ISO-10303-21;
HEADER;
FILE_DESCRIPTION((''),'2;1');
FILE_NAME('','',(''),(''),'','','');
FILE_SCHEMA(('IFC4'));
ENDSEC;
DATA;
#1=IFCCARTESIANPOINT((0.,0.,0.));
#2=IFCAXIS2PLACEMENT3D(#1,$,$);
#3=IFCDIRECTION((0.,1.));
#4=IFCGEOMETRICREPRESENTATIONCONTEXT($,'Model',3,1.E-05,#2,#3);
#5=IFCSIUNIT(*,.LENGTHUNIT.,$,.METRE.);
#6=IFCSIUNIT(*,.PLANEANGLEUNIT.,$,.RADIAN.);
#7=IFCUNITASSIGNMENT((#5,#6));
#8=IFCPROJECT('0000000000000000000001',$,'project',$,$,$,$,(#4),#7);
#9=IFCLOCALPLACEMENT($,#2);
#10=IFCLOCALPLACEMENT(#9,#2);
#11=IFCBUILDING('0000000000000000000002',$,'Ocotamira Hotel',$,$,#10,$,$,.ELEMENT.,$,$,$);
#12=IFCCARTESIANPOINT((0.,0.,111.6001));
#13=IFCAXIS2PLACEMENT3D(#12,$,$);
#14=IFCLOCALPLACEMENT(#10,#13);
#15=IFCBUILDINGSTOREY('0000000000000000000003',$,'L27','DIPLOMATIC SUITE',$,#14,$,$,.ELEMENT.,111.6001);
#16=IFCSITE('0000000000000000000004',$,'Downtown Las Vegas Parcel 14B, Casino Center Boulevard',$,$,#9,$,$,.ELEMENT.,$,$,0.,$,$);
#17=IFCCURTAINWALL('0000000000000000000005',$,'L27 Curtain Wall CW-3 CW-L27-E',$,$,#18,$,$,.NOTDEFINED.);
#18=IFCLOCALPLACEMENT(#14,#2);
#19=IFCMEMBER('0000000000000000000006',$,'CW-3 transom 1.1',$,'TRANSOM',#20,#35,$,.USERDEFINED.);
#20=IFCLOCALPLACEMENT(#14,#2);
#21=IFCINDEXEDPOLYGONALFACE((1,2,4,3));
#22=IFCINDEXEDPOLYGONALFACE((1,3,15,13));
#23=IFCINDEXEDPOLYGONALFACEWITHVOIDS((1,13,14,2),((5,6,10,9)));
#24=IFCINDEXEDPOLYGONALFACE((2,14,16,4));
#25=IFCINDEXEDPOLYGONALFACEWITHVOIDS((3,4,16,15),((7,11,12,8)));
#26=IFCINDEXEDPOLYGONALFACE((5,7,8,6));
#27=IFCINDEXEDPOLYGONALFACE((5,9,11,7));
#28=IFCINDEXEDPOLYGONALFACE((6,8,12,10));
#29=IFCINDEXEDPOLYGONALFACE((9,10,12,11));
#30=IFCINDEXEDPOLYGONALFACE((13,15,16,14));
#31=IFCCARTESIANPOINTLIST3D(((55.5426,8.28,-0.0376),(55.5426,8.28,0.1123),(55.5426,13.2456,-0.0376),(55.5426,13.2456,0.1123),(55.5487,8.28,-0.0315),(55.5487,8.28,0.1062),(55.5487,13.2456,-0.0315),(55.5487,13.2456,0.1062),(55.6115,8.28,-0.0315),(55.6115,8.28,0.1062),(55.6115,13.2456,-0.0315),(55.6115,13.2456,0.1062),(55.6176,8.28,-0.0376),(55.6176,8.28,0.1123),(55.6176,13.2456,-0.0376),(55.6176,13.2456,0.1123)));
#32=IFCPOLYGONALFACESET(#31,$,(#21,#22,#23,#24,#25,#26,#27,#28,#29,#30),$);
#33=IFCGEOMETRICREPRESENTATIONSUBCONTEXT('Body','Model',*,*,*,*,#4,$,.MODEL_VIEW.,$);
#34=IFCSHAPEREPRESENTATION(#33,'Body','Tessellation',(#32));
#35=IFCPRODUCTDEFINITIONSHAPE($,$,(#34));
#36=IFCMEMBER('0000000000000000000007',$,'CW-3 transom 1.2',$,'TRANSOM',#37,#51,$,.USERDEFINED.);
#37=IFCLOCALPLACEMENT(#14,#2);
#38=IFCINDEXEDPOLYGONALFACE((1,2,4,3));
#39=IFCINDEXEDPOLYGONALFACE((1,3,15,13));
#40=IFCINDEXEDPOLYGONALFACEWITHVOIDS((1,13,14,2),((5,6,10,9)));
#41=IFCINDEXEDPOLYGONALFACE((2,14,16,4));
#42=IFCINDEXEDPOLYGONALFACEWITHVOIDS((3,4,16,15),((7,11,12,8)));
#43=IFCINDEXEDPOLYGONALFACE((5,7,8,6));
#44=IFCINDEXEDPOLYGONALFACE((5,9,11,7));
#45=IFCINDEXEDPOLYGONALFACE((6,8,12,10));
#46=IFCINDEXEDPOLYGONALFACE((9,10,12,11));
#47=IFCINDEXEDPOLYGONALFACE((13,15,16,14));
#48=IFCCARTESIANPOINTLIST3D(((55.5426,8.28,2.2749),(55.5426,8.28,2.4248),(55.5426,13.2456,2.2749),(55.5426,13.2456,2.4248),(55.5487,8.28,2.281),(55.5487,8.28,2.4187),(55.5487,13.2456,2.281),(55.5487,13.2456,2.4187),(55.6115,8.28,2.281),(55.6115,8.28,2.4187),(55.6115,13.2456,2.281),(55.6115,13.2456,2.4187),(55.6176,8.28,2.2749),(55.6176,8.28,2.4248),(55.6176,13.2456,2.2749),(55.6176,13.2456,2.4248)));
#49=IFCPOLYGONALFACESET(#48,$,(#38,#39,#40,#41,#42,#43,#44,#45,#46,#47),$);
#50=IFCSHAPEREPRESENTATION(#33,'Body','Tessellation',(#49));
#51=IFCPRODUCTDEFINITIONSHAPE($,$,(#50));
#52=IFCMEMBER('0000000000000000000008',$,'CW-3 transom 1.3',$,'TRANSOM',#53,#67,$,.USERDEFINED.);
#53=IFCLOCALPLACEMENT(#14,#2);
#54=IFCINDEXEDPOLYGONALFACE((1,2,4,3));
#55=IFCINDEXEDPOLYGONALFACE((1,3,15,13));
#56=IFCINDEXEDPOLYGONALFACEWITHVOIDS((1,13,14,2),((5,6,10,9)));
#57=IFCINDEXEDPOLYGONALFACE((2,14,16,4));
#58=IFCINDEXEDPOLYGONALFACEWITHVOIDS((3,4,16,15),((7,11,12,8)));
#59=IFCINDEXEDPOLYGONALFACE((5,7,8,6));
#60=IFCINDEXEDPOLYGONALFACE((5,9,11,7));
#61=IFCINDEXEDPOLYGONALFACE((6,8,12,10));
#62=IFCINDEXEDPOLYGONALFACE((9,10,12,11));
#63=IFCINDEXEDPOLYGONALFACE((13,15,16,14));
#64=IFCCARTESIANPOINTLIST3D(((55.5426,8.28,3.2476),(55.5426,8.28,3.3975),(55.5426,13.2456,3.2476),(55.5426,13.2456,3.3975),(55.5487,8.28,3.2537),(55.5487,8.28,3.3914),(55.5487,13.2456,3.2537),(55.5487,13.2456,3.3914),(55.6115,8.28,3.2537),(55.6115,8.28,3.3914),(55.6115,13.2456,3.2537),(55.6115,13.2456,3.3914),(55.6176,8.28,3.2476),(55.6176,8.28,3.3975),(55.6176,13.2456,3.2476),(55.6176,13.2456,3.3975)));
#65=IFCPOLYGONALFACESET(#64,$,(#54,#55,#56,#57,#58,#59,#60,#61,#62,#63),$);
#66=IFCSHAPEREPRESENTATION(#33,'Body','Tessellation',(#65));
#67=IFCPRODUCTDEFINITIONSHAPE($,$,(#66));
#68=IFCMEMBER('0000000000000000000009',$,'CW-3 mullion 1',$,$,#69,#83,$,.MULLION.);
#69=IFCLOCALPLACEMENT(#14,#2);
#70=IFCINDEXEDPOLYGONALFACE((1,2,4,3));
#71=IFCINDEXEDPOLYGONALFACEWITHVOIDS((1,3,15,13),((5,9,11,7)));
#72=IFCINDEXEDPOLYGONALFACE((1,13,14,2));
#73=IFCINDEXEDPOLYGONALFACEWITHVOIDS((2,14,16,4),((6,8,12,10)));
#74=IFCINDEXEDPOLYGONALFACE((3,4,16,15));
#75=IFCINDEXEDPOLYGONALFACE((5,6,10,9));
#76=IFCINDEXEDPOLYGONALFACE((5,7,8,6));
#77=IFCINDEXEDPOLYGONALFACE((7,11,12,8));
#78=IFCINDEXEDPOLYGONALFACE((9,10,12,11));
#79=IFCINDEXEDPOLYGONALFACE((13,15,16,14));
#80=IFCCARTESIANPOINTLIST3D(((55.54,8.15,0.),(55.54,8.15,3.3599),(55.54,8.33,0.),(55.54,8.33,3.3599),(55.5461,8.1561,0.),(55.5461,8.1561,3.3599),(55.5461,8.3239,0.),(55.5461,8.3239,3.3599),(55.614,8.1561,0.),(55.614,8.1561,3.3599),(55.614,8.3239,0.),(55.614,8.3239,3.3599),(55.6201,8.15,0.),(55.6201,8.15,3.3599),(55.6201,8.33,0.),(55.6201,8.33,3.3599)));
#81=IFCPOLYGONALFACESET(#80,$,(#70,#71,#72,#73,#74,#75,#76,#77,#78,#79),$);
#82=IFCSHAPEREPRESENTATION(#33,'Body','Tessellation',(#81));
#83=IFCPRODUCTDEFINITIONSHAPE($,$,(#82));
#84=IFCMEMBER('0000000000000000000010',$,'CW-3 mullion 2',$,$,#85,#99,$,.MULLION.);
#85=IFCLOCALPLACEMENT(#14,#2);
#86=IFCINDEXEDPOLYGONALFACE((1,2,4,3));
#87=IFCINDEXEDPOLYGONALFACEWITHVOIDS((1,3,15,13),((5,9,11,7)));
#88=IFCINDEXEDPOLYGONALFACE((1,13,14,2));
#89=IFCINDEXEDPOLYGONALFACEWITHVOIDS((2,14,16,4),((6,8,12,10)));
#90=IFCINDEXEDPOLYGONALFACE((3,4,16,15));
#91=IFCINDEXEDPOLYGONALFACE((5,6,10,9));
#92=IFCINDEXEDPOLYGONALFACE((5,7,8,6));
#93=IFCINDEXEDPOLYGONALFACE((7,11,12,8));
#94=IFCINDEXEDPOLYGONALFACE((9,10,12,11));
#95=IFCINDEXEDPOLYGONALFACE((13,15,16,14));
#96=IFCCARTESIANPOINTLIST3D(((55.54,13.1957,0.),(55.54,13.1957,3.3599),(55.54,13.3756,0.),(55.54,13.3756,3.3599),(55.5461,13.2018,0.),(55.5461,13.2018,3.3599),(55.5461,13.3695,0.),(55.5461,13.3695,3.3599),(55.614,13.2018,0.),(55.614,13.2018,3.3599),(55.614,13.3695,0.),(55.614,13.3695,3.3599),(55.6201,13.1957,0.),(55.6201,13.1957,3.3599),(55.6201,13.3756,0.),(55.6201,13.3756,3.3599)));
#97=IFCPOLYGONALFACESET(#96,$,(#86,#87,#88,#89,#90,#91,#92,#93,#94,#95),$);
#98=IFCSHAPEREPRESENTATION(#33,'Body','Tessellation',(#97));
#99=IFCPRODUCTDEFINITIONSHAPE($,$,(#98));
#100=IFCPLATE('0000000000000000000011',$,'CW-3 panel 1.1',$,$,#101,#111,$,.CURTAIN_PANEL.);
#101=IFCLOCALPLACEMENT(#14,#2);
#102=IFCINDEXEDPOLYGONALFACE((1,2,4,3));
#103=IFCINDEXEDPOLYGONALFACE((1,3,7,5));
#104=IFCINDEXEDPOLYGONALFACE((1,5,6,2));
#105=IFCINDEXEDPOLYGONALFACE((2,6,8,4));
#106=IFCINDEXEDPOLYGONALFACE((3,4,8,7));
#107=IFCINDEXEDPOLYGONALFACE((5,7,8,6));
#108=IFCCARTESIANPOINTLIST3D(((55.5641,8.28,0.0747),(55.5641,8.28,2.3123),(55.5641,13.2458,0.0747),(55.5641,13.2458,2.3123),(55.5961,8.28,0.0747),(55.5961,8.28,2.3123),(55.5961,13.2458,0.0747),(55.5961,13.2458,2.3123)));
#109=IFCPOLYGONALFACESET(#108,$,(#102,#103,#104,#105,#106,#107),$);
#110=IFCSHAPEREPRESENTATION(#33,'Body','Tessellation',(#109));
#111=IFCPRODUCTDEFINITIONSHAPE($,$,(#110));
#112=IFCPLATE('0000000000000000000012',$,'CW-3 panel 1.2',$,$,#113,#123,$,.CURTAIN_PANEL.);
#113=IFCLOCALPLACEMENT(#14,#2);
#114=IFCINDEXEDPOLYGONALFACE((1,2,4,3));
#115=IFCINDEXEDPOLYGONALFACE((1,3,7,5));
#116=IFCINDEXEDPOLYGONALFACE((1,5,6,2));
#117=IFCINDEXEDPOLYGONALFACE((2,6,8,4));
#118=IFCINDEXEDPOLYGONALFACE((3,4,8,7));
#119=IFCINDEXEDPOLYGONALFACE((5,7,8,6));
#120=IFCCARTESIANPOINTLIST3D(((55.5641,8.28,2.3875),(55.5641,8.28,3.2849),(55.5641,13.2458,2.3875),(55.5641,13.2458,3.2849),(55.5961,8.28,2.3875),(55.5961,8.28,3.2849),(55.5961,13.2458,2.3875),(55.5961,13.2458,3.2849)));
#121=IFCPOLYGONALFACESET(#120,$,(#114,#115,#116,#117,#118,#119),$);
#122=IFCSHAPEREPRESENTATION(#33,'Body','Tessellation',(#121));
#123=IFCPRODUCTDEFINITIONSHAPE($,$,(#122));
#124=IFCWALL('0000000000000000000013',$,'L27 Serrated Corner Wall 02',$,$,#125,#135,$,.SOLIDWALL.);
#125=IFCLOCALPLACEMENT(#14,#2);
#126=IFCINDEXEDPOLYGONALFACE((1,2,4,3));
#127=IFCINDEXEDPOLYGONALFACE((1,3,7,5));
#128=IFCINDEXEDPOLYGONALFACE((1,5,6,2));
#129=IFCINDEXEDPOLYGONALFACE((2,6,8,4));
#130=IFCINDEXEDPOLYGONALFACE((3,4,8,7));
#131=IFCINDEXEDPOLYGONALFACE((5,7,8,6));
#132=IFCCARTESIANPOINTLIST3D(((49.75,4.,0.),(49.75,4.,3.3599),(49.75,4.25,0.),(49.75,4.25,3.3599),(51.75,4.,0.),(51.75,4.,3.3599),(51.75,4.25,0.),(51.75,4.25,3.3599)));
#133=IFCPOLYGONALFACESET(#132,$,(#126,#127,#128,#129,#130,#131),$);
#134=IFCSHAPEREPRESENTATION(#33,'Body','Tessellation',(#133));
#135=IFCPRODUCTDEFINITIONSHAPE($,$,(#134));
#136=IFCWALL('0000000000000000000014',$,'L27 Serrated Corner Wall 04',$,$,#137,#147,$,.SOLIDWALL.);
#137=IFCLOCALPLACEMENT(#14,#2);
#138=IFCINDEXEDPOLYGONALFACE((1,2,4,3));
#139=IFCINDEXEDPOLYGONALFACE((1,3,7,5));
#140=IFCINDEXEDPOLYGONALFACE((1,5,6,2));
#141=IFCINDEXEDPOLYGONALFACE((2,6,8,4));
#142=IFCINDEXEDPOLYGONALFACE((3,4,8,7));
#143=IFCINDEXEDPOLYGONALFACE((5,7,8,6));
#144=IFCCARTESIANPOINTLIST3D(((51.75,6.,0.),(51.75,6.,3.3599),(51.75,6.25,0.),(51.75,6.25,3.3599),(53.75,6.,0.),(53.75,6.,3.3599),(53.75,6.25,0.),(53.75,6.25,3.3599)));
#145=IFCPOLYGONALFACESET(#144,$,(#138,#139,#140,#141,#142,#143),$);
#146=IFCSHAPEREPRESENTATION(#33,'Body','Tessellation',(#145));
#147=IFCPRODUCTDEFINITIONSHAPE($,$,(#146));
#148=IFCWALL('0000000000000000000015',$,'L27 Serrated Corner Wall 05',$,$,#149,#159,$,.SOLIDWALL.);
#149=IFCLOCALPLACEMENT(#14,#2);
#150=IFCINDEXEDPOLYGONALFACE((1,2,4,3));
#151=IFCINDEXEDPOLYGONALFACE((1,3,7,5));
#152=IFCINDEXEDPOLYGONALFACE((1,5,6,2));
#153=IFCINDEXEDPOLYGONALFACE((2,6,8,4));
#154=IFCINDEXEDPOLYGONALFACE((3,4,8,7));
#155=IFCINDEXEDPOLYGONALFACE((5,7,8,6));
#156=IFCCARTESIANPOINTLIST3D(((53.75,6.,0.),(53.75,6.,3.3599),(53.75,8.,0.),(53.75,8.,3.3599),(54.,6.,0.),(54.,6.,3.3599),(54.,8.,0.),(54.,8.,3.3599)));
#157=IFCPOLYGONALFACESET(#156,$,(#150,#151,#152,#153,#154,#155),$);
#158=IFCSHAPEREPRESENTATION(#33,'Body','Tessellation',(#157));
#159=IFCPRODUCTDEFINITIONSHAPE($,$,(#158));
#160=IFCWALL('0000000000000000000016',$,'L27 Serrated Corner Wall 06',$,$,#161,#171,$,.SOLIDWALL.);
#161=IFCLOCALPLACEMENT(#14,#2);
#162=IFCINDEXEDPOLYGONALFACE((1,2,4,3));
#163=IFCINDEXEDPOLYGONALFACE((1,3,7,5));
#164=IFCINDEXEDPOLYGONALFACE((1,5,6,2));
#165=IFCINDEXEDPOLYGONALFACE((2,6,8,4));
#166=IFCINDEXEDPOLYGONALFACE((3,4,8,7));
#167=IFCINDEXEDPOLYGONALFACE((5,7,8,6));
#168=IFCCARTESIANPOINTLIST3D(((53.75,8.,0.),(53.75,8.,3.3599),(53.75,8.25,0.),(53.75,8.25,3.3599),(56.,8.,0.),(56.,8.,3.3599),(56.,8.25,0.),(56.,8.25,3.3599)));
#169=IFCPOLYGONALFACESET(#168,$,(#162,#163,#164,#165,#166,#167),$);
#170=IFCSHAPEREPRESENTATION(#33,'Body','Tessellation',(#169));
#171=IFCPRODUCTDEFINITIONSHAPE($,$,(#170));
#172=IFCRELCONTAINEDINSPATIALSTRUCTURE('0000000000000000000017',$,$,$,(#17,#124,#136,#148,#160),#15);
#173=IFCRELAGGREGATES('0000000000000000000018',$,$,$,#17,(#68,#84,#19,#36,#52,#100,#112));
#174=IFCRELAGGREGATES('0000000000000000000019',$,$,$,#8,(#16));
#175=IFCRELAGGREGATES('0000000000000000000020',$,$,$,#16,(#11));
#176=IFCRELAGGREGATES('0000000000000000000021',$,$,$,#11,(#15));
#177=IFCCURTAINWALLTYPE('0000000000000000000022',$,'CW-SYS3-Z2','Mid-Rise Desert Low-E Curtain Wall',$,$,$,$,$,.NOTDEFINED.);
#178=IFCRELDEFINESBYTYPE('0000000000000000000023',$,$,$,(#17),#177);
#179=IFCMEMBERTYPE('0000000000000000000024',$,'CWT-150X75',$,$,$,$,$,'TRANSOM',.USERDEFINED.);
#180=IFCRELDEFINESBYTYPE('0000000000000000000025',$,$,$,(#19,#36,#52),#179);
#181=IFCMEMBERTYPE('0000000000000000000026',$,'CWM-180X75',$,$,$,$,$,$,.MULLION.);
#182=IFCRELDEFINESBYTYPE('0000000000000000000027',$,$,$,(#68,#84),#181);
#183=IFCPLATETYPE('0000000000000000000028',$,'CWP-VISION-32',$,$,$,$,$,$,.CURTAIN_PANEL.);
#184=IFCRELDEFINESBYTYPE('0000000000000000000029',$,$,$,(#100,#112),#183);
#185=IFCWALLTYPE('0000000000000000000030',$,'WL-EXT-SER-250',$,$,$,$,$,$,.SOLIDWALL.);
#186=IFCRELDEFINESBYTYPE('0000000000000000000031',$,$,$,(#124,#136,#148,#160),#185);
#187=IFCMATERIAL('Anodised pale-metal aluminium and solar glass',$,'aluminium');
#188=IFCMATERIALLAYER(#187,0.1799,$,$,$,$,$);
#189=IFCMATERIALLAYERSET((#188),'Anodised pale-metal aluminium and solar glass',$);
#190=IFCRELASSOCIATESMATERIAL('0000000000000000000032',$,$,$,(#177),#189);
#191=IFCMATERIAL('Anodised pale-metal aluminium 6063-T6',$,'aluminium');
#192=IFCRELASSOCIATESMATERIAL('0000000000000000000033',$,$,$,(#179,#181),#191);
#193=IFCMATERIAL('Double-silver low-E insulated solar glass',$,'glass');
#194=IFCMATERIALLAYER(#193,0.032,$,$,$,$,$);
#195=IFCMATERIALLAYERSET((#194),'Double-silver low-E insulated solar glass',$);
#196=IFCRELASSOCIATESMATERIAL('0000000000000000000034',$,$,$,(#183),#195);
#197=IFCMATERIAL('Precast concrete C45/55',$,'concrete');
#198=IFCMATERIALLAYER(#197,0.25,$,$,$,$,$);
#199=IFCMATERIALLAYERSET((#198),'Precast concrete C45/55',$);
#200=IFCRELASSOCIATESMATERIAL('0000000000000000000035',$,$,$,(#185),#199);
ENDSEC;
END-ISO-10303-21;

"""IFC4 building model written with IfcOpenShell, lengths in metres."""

from ifc_helpers import new_model, si_unit, direction, frame, frame_2d, origin, origin_2d, place, context, subcontext, project, spatial, rectangle, hollow_rectangle, extrude, source, transform, mapped, material, layer, layer_set, material_profile, profile_set, type_object, element, aggregate, save


model = new_model("IFC4")

# Units and contexts
model_context = context("Model", 3, precision=1e-05, world=origin(), true_north=direction((0.0, 1.0)))
body_context = subcontext(model_context, "Body", "Model", "MODEL_VIEW")
ifc_project = project(units=[si_unit("LENGTHUNIT", "METRE"), si_unit("PLANEANGLEUNIT", "RADIAN")], contexts=[model_context])

# Site, building, storey
site_placement = place(None, origin())
site = spatial("IfcSite", under=ifc_project, at=site_placement, Name="Downtown Las Vegas Parcel 14B, Casino Center Boulevard", CompositionType="ELEMENT", RefElevation=0.0)
building_placement = place(site_placement, origin())
building = spatial("IfcBuilding", under=site, at=building_placement, Name="Ocotamira Hotel", CompositionType="ELEMENT")
storey_placement = place(building_placement, frame((0.0, 0.0, 111.6001)))
storey = spatial("IfcBuildingStorey", under=building, at=storey_placement, Name="L27", Description="DIPLOMATIC SUITE", CompositionType="ELEMENT", Elevation=111.6001)

# Curtain wall, members, plates
ifc_material_1 = material(Name="Anodised pale-metal aluminium and solar glass", Category="aluminium")
ifc_layer_1 = layer(ifc_material_1, 0.1799)
ifc_layer_set_1 = layer_set([ifc_layer_1], Name="Anodised pale-metal aluminium and solar glass")
curtain_wall_type = type_object("IfcCurtainWallType", Name="CW-SYS3-Z2", Description="Mid-Rise Desert Low-E Curtain Wall", PredefinedType="NOTDEFINED", material=ifc_layer_set_1)
curtain_wall_placement = place(storey_placement, origin())
curtain_wall = element("IfcCurtainWall", 1, at=curtain_wall_placement, inside=storey, type_object=curtain_wall_type, Name="L27 Curtain Wall CW-3 CW-L27-E", PredefinedType="NOTDEFINED")
ifc_material_2 = material(Name="Anodised pale-metal aluminium 6063-T6", Category="aluminium")
ifc_material_profile_1 = material_profile(ifc_material_2, hollow_rectangle(XDim=0.075, YDim=0.1499, WallThickness=0.0061, at=origin_2d()), Name="HSS150X75X6")
ifc_profile_set_1 = profile_set([ifc_material_profile_1], Name="Anodised pale-metal aluminium 6063-T6")
member_type_1 = type_object("IfcMemberType", Name="CWT-150X75", ElementType="TRANSOM", PredefinedType="USERDEFINED", material=ifc_profile_set_1)
shared_shape_1 = source(origin(), body_context, "Body", "SweptSolid", [
    extrude(hollow_rectangle(XDim=0.075, YDim=0.1499, WallThickness=0.0061, at=origin_2d()), origin(), (0.0, 0.0, 1.0), 4.9656),
])
member_1_placement = place(storey_placement, frame((55.5801, 8.28, 0.0374), z_axis=(0.0, 1.0, 0.0), x_axis=(-1.0, 0.0, 0.0)))
member_1 = element("IfcMember", 2, at=member_1_placement, type_object=member_type_1, Name="CW-3 transom 1.1", ObjectType="TRANSOM", PredefinedType="USERDEFINED", context=body_context, shape_type="MappedRepresentation", body=[
    mapped(shared_shape_1, transform((0.0, 0.0, 0.0), scale=1.0)),
])
member_2_placement = place(storey_placement, frame((55.5801, 8.28, 2.3499), z_axis=(0.0, 1.0, 0.0), x_axis=(-1.0, 0.0, 0.0)))
member_2 = element("IfcMember", 3, at=member_2_placement, type_object=member_type_1, Name="CW-3 transom 1.2", ObjectType="TRANSOM", PredefinedType="USERDEFINED", context=body_context, shape_type="MappedRepresentation", body=[
    mapped(shared_shape_1, transform((0.0, 0.0, 0.0), scale=1.0)),
])
member_3_placement = place(storey_placement, frame((55.5801, 8.28, 3.3225), z_axis=(0.0, 1.0, 0.0), x_axis=(-1.0, 0.0, 0.0)))
member_3 = element("IfcMember", 4, at=member_3_placement, type_object=member_type_1, Name="CW-3 transom 1.3", ObjectType="TRANSOM", PredefinedType="USERDEFINED", context=body_context, shape_type="MappedRepresentation", body=[
    mapped(shared_shape_1, transform((0.0, 0.0, 0.0), scale=1.0)),
])
ifc_material_profile_2 = material_profile(ifc_material_2, hollow_rectangle(XDim=0.0801, YDim=0.1799, WallThickness=0.0061, at=origin_2d()), Name="HSS180X80X6")
ifc_profile_set_2 = profile_set([ifc_material_profile_2], Name="Anodised pale-metal aluminium 6063-T6")
member_type_2 = type_object("IfcMemberType", Name="CWM-180X75", PredefinedType="MULLION", material=ifc_profile_set_2)
shared_shape_2 = source(origin(), body_context, "Body", "SweptSolid", [
    extrude(hollow_rectangle(XDim=0.0801, YDim=0.1799, WallThickness=0.0061, at=origin_2d()), origin(), (0.0, 0.0, 1.0), 3.3599),
])
member_4_placement = place(storey_placement, frame((55.5801, 8.24, 0.0), z_axis=(0.0, 0.0, 1.0), x_axis=(-1.0, 0.0, 0.0)))
member_4 = element("IfcMember", 5, at=member_4_placement, type_object=member_type_2, Name="CW-3 mullion 1", PredefinedType="MULLION", context=body_context, shape_type="MappedRepresentation", body=[
    mapped(shared_shape_2, transform((0.0, 0.0, 0.0), scale=1.0)),
])
member_5_placement = place(storey_placement, frame((55.5801, 13.2856, 0.0), z_axis=(0.0, 0.0, 1.0), x_axis=(-1.0, 0.0, 0.0)))
member_5 = element("IfcMember", 6, at=member_5_placement, type_object=member_type_2, Name="CW-3 mullion 2", PredefinedType="MULLION", context=body_context, shape_type="MappedRepresentation", body=[
    mapped(shared_shape_2, transform((0.0, 0.0, 0.0), scale=1.0)),
])
ifc_material_3 = material(Name="Double-silver low-E insulated solar glass", Category="glass")
ifc_layer_2 = layer(ifc_material_3, 0.032)
ifc_layer_set_2 = layer_set([ifc_layer_2], Name="Double-silver low-E insulated solar glass")
plate_type = type_object("IfcPlateType", Name="CWP-VISION-32", PredefinedType="CURTAIN_PANEL", material=ifc_layer_set_2)
shared_shape_3 = source(origin(), body_context, "Body", "SweptSolid", [
    extrude(rectangle(XDim=4.9658, YDim=0.032, at=origin_2d()), origin(), (0.0, 0.0, 1.0), 2.2375),
])
plate_1_placement = place(storey_placement, frame((55.5801, 10.7629, 0.0747), z_axis=(0.0, 0.0, 1.0), x_axis=(0.0, 1.0, 0.0)))
plate_1 = element("IfcPlate", 7, at=plate_1_placement, type_object=plate_type, Name="CW-3 panel 1.1", PredefinedType="CURTAIN_PANEL", context=body_context, shape_type="MappedRepresentation", body=[
    mapped(shared_shape_3, transform((0.0, 0.0, 0.0), scale=1.0)),
])
shared_shape_4 = source(origin(), body_context, "Body", "SweptSolid", [
    extrude(rectangle(XDim=4.9658, YDim=0.032, at=origin_2d()), origin(), (0.0, 0.0, 1.0), 0.8975),
])
plate_2_placement = place(storey_placement, frame((55.5801, 10.7629, 2.3875), z_axis=(0.0, 0.0, 1.0), x_axis=(0.0, 1.0, 0.0)))
plate_2 = element("IfcPlate", 8, at=plate_2_placement, type_object=plate_type, Name="CW-3 panel 1.2", PredefinedType="CURTAIN_PANEL", context=body_context, shape_type="MappedRepresentation", body=[
    mapped(shared_shape_4, transform((0.0, 0.0, 0.0), scale=1.0)),
])
aggregate(curtain_wall, [member_4, member_5, member_1, member_2, member_3, plate_1, plate_2])

# Walls
ifc_material_4 = material(Name="Precast concrete C45/55", Category="concrete")
ifc_layer_3 = layer(ifc_material_4, 0.25)
ifc_layer_set_3 = layer_set([ifc_layer_3], Name="Precast concrete C45/55")
wall_type_1 = type_object("IfcWallType", Name="WL-EXT-SER-250", PredefinedType="SOLIDWALL", material=ifc_layer_set_3)
for number, where, z_axis, x_axis, name in (
    (9, (49.75, 4.125, 0.0), (0.0, 0.0, 1.0), (1.0, 0.0, 0.0), "L27 Serrated Corner Wall 02"),
    (10, (51.75, 6.125, 0.0), (0.0, 0.0, 1.0), (1.0, 0.0, 0.0), "L27 Serrated Corner Wall 04"),
    (11, (53.875, 6.0, 0.0), (0.0, 0.0, 1.0), (0.0, 1.0, 0.0), "L27 Serrated Corner Wall 05"),
):
    element("IfcWall", number, at=place(storey_placement, frame(where, z_axis=z_axis, x_axis=x_axis)), inside=storey, type_object=wall_type_1, Name=name, PredefinedType="SOLIDWALL", context=body_context, shape_type="SweptSolid", body=[
        extrude(rectangle(XDim=2.0, YDim=0.25, at=frame_2d((1.0, 0.0))), origin(), (0.0, 0.0, 1.0), 3.3599),
    ])
wall_1_placement = place(storey_placement, frame((53.75, 8.125, 0.0), z_axis=(0.0, 0.0, 1.0), x_axis=(1.0, 0.0, 0.0)))
element("IfcWall", 12, at=wall_1_placement, inside=storey, type_object=wall_type_1, Name="L27 Serrated Corner Wall 06", PredefinedType="SOLIDWALL", context=body_context, shape_type="SweptSolid", body=[
    extrude(rectangle(XDim=2.25, YDim=0.25, at=frame_2d((1.125, 0.0))), origin(), (0.0, 0.0, 1.0), 3.3599),
])

save(model, "model.ifc")
